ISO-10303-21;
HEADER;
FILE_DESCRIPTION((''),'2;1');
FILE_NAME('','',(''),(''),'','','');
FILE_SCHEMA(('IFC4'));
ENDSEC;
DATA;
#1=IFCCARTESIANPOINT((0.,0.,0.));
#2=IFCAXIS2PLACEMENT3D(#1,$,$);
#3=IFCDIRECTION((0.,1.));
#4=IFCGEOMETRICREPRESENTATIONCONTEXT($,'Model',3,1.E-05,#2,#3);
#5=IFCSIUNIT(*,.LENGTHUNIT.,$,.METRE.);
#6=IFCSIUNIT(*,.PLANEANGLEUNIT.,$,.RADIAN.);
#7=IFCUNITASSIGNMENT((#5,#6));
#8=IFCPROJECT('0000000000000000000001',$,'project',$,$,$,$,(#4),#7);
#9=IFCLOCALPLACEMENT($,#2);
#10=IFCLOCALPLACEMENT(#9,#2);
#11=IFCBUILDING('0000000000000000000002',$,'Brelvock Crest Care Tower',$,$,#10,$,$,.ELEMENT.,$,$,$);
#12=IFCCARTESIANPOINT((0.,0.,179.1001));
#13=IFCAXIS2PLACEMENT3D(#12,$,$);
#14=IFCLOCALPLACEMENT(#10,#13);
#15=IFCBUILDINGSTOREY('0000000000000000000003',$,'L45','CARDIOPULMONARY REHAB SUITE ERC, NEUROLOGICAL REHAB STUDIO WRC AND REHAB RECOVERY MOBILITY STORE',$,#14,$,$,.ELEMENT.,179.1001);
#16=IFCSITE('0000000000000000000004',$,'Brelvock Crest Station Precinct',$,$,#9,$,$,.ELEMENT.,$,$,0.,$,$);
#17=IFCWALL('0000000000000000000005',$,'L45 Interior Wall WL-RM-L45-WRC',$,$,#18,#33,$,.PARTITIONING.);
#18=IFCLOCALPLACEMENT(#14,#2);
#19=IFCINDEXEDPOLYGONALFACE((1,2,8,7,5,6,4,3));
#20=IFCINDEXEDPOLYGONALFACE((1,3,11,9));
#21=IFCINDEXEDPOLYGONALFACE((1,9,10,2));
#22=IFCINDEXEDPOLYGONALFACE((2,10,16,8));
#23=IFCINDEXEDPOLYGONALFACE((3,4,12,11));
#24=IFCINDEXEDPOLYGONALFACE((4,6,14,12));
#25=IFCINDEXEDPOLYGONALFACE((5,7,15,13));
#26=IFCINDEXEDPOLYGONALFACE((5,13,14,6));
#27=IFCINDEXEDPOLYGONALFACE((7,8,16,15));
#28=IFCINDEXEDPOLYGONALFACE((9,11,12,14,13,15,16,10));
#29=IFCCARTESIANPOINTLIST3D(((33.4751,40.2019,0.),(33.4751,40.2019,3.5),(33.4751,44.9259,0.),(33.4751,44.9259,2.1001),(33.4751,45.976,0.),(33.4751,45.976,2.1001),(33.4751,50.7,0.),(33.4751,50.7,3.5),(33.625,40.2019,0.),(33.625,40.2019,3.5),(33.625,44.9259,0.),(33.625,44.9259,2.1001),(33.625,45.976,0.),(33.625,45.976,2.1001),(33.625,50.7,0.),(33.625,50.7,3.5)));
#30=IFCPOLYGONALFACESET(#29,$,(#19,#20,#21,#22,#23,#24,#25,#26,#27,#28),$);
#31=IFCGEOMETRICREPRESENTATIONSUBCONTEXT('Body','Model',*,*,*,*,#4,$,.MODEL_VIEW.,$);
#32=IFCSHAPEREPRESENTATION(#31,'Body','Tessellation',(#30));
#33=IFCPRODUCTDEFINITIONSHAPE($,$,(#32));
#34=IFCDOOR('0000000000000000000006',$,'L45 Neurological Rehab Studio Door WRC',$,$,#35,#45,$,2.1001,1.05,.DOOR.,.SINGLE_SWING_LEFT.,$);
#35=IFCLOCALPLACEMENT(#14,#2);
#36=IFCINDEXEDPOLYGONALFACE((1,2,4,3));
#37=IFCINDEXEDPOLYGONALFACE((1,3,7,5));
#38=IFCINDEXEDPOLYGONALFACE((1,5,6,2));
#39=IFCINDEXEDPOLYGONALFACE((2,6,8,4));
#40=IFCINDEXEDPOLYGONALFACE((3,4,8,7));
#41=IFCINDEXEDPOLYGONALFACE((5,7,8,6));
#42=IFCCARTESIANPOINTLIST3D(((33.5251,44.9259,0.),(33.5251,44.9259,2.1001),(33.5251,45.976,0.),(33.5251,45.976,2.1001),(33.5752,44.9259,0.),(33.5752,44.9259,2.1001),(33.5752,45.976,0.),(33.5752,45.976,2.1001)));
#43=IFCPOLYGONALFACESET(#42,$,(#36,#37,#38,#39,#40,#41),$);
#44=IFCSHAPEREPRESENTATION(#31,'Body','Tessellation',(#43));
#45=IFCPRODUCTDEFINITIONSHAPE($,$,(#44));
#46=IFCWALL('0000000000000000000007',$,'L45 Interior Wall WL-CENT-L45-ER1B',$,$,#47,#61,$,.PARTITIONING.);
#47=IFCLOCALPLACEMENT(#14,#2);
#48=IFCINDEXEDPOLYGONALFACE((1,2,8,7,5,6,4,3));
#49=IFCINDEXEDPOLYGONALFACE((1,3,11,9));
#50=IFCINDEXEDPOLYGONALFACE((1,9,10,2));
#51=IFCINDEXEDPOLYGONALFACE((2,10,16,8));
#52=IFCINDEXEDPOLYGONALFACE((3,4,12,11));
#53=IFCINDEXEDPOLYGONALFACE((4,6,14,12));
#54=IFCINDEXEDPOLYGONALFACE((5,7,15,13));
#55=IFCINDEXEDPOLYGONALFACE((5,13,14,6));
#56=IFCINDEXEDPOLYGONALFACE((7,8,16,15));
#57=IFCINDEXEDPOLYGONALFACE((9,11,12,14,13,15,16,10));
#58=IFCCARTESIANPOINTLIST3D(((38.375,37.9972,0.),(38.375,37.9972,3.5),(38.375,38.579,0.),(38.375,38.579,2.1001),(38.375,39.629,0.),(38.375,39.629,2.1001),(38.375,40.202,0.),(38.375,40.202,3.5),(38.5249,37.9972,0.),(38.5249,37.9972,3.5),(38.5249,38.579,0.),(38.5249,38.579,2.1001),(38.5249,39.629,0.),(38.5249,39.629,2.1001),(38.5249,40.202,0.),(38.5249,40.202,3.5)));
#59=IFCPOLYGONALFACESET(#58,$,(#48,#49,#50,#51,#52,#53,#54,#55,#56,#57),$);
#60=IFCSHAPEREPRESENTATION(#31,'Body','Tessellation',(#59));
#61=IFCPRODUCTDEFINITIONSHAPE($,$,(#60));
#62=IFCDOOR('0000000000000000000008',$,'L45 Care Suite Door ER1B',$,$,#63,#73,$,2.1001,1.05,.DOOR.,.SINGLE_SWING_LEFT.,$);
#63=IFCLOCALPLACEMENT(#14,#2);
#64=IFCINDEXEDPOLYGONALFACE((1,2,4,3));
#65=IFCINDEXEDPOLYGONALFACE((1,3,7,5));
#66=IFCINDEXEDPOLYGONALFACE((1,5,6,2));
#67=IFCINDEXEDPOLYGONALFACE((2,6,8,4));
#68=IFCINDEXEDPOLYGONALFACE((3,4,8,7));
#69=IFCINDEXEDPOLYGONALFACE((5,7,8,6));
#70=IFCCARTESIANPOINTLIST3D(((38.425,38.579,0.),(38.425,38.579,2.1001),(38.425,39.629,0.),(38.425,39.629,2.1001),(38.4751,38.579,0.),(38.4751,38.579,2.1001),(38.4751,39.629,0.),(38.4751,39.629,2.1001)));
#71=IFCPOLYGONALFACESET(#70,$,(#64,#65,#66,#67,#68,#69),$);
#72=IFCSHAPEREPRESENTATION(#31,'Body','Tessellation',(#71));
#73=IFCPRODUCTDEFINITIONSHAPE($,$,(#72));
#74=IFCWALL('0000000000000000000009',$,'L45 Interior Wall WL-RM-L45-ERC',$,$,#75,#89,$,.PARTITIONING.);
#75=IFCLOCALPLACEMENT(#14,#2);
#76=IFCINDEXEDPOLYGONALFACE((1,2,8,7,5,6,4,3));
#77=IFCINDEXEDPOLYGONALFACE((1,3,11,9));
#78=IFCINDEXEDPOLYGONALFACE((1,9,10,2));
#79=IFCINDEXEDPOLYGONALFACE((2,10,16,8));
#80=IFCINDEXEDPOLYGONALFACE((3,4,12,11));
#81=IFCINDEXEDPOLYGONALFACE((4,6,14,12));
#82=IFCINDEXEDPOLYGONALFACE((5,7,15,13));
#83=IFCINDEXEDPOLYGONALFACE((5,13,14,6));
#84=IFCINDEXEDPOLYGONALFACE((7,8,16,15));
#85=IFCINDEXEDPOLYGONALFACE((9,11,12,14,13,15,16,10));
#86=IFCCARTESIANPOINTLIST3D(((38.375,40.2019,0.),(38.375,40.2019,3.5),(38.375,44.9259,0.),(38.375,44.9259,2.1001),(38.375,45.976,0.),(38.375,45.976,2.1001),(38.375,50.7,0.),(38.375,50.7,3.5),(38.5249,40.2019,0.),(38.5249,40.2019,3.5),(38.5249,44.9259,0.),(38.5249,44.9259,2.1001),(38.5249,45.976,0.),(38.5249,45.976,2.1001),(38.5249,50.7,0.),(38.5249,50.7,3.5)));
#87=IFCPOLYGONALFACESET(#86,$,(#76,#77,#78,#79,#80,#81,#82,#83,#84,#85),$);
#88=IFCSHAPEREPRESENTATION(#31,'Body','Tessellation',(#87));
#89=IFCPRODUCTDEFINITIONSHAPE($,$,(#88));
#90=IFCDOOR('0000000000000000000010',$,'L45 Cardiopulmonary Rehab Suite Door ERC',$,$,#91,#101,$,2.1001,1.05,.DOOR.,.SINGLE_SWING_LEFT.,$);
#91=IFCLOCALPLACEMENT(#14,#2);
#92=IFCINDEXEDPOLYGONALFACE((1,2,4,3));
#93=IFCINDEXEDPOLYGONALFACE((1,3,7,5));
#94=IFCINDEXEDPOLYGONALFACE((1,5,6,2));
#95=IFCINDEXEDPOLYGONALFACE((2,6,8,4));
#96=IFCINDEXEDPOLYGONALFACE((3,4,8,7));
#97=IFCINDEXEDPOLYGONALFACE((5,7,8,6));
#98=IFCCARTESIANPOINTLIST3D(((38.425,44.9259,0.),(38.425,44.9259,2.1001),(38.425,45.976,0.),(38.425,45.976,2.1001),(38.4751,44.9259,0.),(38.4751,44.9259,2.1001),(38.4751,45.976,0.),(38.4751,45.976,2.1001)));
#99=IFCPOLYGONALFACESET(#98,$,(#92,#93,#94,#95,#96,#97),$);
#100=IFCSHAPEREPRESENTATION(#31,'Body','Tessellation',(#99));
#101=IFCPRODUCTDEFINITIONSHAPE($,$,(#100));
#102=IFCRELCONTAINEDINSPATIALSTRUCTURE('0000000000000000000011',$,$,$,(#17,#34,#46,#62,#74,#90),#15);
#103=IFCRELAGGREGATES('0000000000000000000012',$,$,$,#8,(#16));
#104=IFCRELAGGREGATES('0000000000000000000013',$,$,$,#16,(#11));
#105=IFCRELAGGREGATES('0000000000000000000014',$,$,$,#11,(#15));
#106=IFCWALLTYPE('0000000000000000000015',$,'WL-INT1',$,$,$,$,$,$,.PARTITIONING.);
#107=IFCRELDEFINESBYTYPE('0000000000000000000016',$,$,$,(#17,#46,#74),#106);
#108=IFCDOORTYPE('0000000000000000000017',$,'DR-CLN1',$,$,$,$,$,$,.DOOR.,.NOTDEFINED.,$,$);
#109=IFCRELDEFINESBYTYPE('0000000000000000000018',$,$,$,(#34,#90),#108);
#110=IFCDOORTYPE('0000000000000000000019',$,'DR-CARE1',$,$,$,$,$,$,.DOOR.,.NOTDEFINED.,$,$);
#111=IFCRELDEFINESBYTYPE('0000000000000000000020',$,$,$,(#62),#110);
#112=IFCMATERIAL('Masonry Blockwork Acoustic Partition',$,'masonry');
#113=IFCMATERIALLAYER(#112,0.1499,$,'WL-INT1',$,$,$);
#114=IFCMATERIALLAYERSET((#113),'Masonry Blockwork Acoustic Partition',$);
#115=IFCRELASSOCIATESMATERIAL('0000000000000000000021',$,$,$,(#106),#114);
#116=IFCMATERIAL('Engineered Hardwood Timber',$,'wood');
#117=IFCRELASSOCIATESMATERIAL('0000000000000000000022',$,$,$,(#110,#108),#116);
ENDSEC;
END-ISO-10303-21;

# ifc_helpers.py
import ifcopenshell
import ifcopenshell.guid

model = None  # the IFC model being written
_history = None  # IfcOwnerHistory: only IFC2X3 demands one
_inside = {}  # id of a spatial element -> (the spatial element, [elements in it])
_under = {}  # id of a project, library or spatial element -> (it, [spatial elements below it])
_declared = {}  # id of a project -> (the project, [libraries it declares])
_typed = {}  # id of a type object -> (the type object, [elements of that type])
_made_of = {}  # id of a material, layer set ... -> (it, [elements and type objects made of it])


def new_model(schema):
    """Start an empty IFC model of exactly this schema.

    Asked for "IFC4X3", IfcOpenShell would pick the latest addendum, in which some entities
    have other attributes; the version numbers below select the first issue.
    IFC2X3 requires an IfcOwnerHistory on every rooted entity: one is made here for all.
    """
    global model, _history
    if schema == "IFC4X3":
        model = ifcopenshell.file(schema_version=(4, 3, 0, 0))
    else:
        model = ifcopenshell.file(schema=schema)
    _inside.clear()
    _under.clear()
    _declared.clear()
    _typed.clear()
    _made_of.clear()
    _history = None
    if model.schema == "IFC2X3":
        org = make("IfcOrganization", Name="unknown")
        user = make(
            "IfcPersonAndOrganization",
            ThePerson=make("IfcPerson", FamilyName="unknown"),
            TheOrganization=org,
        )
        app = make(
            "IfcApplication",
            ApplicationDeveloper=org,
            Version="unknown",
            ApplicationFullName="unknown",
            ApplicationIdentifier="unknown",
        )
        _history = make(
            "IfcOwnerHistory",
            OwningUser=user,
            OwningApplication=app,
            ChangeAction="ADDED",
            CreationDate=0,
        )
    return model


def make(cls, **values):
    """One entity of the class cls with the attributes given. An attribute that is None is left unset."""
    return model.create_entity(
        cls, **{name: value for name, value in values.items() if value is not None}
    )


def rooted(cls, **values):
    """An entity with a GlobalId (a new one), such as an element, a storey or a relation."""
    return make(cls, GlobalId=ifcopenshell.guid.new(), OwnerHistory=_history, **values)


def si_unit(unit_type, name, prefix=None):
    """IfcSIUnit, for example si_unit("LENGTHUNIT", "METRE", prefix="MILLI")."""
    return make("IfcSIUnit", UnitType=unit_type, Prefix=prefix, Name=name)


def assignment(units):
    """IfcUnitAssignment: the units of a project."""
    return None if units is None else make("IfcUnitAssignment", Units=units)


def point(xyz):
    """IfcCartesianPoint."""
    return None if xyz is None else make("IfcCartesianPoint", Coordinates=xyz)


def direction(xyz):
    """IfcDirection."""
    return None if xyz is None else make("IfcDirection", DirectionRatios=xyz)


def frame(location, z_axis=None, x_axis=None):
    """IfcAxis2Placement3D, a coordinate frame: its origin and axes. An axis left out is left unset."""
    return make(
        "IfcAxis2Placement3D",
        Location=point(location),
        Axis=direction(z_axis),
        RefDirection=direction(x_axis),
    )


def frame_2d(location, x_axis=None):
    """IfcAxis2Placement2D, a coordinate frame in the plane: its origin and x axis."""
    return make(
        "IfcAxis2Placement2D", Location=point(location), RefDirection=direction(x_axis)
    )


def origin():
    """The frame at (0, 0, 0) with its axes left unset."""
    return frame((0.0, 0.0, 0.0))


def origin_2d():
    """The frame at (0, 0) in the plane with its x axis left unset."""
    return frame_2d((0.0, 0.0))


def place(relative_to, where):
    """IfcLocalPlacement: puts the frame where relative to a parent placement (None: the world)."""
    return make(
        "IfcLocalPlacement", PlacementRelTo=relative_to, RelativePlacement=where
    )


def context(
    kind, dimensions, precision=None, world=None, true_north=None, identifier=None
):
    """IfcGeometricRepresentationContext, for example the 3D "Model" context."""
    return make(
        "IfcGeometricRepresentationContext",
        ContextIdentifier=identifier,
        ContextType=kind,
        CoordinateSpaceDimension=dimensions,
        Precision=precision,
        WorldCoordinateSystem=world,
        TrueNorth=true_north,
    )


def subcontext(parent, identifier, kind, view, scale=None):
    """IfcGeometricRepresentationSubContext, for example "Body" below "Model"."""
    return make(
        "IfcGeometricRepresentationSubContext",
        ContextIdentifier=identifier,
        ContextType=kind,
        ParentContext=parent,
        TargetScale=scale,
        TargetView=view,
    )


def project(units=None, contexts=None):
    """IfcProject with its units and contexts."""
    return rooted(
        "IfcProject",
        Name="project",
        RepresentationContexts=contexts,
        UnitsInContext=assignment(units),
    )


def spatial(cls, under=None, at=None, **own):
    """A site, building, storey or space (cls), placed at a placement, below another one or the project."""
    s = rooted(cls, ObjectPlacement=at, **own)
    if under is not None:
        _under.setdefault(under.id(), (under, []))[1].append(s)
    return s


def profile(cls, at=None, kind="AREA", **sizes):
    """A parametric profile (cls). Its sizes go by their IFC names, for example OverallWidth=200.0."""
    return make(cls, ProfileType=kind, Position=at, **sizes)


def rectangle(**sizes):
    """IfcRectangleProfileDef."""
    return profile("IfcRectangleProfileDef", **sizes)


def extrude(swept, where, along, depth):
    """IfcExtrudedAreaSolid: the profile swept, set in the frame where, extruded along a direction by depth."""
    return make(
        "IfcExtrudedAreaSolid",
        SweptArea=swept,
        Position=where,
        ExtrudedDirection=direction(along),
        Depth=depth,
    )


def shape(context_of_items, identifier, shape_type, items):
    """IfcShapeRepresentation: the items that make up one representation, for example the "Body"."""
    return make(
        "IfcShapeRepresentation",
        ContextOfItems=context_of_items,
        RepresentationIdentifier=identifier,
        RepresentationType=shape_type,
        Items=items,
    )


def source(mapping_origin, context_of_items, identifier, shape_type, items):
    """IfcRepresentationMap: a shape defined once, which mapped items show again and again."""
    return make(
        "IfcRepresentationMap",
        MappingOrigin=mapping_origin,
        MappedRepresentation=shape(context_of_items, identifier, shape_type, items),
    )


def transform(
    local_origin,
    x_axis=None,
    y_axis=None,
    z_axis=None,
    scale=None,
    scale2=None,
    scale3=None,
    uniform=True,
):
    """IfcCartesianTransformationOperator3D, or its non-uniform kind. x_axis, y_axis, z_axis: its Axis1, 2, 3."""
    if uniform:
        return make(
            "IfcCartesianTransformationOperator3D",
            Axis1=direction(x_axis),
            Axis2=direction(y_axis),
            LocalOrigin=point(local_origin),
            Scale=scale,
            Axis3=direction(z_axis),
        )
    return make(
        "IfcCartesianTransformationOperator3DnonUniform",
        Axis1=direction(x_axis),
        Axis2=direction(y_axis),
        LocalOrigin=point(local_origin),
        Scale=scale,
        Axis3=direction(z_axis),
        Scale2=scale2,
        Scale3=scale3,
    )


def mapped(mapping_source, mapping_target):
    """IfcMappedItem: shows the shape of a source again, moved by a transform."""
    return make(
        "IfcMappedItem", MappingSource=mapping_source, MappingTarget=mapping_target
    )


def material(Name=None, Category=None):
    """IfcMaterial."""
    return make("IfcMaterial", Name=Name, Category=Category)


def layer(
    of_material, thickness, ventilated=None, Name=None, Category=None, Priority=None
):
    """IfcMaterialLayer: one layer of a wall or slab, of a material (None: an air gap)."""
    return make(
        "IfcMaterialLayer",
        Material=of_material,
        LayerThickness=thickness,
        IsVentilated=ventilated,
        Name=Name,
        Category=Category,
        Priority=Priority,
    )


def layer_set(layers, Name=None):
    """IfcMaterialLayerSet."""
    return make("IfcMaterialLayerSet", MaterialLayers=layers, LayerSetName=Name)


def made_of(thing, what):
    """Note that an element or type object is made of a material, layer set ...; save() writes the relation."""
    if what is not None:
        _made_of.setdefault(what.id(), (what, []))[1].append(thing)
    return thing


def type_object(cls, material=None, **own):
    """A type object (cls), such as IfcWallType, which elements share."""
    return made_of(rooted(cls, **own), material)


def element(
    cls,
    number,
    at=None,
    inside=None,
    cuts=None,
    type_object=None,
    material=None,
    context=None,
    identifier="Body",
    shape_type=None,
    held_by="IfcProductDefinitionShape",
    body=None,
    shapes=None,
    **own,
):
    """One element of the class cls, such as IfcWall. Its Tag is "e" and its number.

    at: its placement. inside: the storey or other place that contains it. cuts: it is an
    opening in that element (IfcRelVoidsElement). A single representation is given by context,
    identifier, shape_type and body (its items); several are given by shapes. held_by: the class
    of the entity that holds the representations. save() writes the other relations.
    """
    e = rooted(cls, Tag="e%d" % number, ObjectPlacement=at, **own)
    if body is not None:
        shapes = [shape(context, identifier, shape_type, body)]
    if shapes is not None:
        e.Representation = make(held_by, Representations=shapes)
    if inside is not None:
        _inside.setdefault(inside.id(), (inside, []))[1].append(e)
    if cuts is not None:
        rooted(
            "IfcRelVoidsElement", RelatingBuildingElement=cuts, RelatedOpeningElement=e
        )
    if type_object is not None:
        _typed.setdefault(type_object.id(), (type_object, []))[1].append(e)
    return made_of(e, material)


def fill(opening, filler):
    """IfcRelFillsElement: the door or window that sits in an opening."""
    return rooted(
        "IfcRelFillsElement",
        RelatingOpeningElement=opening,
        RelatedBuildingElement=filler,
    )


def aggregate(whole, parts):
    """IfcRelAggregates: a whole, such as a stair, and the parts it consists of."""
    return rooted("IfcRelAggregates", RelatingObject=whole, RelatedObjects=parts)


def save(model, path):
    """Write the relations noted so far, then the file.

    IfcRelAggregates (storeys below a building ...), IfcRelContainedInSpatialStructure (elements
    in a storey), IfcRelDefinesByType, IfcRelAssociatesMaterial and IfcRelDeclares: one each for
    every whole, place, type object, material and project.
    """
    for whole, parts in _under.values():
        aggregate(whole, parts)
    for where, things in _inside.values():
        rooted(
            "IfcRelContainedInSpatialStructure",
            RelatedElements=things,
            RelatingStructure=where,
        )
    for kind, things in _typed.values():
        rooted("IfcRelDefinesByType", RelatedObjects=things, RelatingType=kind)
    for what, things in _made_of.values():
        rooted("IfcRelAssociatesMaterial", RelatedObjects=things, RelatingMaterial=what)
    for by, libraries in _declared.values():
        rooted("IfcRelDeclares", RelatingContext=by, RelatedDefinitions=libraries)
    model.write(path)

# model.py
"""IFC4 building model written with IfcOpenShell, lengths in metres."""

from ifc_helpers import new_model, si_unit, direction, frame, frame_2d, origin, origin_2d, place, context, subcontext, project, spatial, rectangle, extrude, source, transform, mapped, material, layer, layer_set, type_object, element, fill, save


model = new_model("IFC4")

# Units and contexts
model_context = context("Model", 3, precision=1e-05, world=origin(), true_north=direction((0.0, 1.0)))
body_context = subcontext(model_context, "Body", "Model", "MODEL_VIEW")
ifc_project = project(units=[si_unit("LENGTHUNIT", "METRE"), si_unit("PLANEANGLEUNIT", "RADIAN")], contexts=[model_context])

# Site, building, storey
site_placement = place(None, origin())
site = spatial("IfcSite", under=ifc_project, at=site_placement, Name="Brelvock Crest Station Precinct", CompositionType="ELEMENT", RefElevation=0.0)
building_placement = place(site_placement, origin())
building = spatial("IfcBuilding", under=site, at=building_placement, Name="Brelvock Crest Care Tower", CompositionType="ELEMENT")
storey_placement = place(building_placement, frame((0.0, 0.0, 179.1001)))
storey = spatial("IfcBuildingStorey", under=building, at=storey_placement, Name="L45", Description="CARDIOPULMONARY REHAB SUITE ERC, NEUROLOGICAL REHAB STUDIO WRC AND REHAB RECOVERY MOBILITY STORE", CompositionType="ELEMENT", Elevation=179.1001)

# Shared definitions
ifc_material_1 = material(Name="Masonry Blockwork Acoustic Partition", Category="masonry")
ifc_layer = layer(ifc_material_1, 0.1499, Name="WL-INT1")
ifc_layer_set = layer_set([ifc_layer], Name="Masonry Blockwork Acoustic Partition")
wall_type = type_object("IfcWallType", Name="WL-INT1", PredefinedType="PARTITIONING", material=ifc_layer_set)

# Walls, openings, doors
ifc_material_2 = material(Name="Engineered Hardwood Timber", Category="wood")
door_type_1 = type_object("IfcDoorType", Name="DR-CARE1", OperationType="NOTDEFINED", PredefinedType="DOOR", material=ifc_material_2)
shared_shape_1 = source(origin(), body_context, "Body", "SweptSolid", [
    extrude(rectangle(XDim=1.05, YDim=2.1001, at=origin_2d()), frame((0.5249, 0.0249, 1.05), z_axis=(0.0, -1.0, 0.0), x_axis=(1.0, 0.0, 0.0)), (0.0, 0.0, 1.0), 0.05),
])
wall_1_placement = place(storey_placement, frame((33.55, 40.2019, 0.0), z_axis=(0.0, 0.0, 1.0), x_axis=(0.0, 1.0, 0.0)))
wall_1 = element("IfcWall", 1, at=wall_1_placement, inside=storey, type_object=wall_type, Name="L45 Interior Wall WL-RM-L45-WRC", PredefinedType="PARTITIONING", context=body_context, shape_type="SweptSolid", body=[
    extrude(rectangle(XDim=10.498, YDim=0.1499, at=frame_2d((5.249, 0.0))), origin(), (0.0, 0.0, 1.0), 3.5),
])
opening_1_placement = place(wall_1_placement, frame((4.7241, 0.0, 0.0)))
opening_1 = element("IfcOpeningElement", 2, at=opening_1_placement, cuts=wall_1, PredefinedType="OPENING", context=body_context, shape_type="SweptSolid", body=[
    extrude(rectangle(XDim=1.05, YDim=2.1001, at=origin_2d()), frame((0.5249, 0.085, 1.05), z_axis=(0.0, -1.0, 0.0), x_axis=(1.0, 0.0, 0.0)), (0.0, 0.0, 1.0), 0.1699),
])
door_type_2 = type_object("IfcDoorType", Name="DR-CLN1", OperationType="NOTDEFINED", PredefinedType="DOOR", material=ifc_material_2)
shared_shape_2 = source(origin(), body_context, "Body", "SweptSolid", [
    extrude(rectangle(XDim=1.05, YDim=2.1001, at=origin_2d()), frame((0.5249, 0.0249, 1.05), z_axis=(0.0, -1.0, 0.0), x_axis=(1.0, 0.0, 0.0)), (0.0, 0.0, 1.0), 0.05),
])
door_1_placement = place(opening_1_placement, origin())
door_1 = element("IfcDoor", 3, at=door_1_placement, inside=storey, type_object=door_type_2, Name="L45 Neurological Rehab Studio Door WRC", OperationType="SINGLE_SWING_LEFT", OverallHeight=2.1001, OverallWidth=1.05, PredefinedType="DOOR", context=body_context, shape_type="MappedRepresentation", body=[
    mapped(shared_shape_2, transform((0.0, 0.0, 0.0), x_axis=(1.0, 0.0, 0.0), y_axis=(0.0, 1.0, 0.0), z_axis=(0.0, 0.0, 1.0), scale=1.0)),
])
fill(opening_1, door_1)
wall_2_placement = place(storey_placement, frame((38.45, 37.9971, 0.0), z_axis=(0.0, 0.0, 1.0), x_axis=(0.0, 1.0, 0.0)))
wall_2 = element("IfcWall", 4, at=wall_2_placement, inside=storey, type_object=wall_type, Name="L45 Interior Wall WL-CENT-L45-ER1B", PredefinedType="PARTITIONING", context=body_context, shape_type="SweptSolid", body=[
    extrude(rectangle(XDim=2.2048, YDim=0.1499, at=frame_2d((1.1025, 0.0))), origin(), (0.0, 0.0, 1.0), 3.5),
])
opening_2_placement = place(wall_2_placement, frame((0.582, 0.0, 0.0)))
opening_2 = element("IfcOpeningElement", 5, at=opening_2_placement, cuts=wall_2, PredefinedType="OPENING", context=body_context, shape_type="SweptSolid", body=[
    extrude(rectangle(XDim=1.05, YDim=2.1001, at=origin_2d()), frame((0.5249, 0.085, 1.05), z_axis=(0.0, -1.0, 0.0), x_axis=(1.0, 0.0, 0.0)), (0.0, 0.0, 1.0), 0.1699),
])
door_2_placement = place(opening_2_placement, origin())
door_2 = element("IfcDoor", 6, at=door_2_placement, inside=storey, type_object=door_type_1, Name="L45 Care Suite Door ER1B", OperationType="SINGLE_SWING_LEFT", OverallHeight=2.1001, OverallWidth=1.05, PredefinedType="DOOR", context=body_context, shape_type="MappedRepresentation", body=[
    mapped(shared_shape_1, transform((0.0, 0.0, 0.0), x_axis=(1.0, 0.0, 0.0), y_axis=(0.0, 1.0, 0.0), z_axis=(0.0, 0.0, 1.0), scale=1.0)),
])
fill(opening_2, door_2)
wall_3_placement = place(storey_placement, frame((38.45, 40.2019, 0.0), z_axis=(0.0, 0.0, 1.0), x_axis=(0.0, 1.0, 0.0)))
wall_3 = element("IfcWall", 7, at=wall_3_placement, inside=storey, type_object=wall_type, Name="L45 Interior Wall WL-RM-L45-ERC", PredefinedType="PARTITIONING", context=body_context, shape_type="SweptSolid", body=[
    extrude(rectangle(XDim=10.498, YDim=0.1499, at=frame_2d((5.249, 0.0))), origin(), (0.0, 0.0, 1.0), 3.5),
])
opening_3_placement = place(wall_3_placement, frame((4.7241, 0.0, 0.0)))
opening_3 = element("IfcOpeningElement", 8, at=opening_3_placement, cuts=wall_3, PredefinedType="OPENING", context=body_context, shape_type="SweptSolid", body=[
    extrude(rectangle(XDim=1.05, YDim=2.1001, at=origin_2d()), frame((0.5249, 0.085, 1.05), z_axis=(0.0, -1.0, 0.0), x_axis=(1.0, 0.0, 0.0)), (0.0, 0.0, 1.0), 0.1699),
])
door_3_placement = place(opening_3_placement, origin())
door_3 = element("IfcDoor", 9, at=door_3_placement, inside=storey, type_object=door_type_2, Name="L45 Cardiopulmonary Rehab Suite Door ERC", OperationType="SINGLE_SWING_LEFT", OverallHeight=2.1001, OverallWidth=1.05, PredefinedType="DOOR", context=body_context, shape_type="MappedRepresentation", body=[
    mapped(shared_shape_2, transform((0.0, 0.0, 0.0), x_axis=(1.0, 0.0, 0.0), y_axis=(0.0, 1.0, 0.0), z_axis=(0.0, 0.0, 1.0), scale=1.0)),
])
fill(opening_3, door_3)

save(model, "model.ifc")
